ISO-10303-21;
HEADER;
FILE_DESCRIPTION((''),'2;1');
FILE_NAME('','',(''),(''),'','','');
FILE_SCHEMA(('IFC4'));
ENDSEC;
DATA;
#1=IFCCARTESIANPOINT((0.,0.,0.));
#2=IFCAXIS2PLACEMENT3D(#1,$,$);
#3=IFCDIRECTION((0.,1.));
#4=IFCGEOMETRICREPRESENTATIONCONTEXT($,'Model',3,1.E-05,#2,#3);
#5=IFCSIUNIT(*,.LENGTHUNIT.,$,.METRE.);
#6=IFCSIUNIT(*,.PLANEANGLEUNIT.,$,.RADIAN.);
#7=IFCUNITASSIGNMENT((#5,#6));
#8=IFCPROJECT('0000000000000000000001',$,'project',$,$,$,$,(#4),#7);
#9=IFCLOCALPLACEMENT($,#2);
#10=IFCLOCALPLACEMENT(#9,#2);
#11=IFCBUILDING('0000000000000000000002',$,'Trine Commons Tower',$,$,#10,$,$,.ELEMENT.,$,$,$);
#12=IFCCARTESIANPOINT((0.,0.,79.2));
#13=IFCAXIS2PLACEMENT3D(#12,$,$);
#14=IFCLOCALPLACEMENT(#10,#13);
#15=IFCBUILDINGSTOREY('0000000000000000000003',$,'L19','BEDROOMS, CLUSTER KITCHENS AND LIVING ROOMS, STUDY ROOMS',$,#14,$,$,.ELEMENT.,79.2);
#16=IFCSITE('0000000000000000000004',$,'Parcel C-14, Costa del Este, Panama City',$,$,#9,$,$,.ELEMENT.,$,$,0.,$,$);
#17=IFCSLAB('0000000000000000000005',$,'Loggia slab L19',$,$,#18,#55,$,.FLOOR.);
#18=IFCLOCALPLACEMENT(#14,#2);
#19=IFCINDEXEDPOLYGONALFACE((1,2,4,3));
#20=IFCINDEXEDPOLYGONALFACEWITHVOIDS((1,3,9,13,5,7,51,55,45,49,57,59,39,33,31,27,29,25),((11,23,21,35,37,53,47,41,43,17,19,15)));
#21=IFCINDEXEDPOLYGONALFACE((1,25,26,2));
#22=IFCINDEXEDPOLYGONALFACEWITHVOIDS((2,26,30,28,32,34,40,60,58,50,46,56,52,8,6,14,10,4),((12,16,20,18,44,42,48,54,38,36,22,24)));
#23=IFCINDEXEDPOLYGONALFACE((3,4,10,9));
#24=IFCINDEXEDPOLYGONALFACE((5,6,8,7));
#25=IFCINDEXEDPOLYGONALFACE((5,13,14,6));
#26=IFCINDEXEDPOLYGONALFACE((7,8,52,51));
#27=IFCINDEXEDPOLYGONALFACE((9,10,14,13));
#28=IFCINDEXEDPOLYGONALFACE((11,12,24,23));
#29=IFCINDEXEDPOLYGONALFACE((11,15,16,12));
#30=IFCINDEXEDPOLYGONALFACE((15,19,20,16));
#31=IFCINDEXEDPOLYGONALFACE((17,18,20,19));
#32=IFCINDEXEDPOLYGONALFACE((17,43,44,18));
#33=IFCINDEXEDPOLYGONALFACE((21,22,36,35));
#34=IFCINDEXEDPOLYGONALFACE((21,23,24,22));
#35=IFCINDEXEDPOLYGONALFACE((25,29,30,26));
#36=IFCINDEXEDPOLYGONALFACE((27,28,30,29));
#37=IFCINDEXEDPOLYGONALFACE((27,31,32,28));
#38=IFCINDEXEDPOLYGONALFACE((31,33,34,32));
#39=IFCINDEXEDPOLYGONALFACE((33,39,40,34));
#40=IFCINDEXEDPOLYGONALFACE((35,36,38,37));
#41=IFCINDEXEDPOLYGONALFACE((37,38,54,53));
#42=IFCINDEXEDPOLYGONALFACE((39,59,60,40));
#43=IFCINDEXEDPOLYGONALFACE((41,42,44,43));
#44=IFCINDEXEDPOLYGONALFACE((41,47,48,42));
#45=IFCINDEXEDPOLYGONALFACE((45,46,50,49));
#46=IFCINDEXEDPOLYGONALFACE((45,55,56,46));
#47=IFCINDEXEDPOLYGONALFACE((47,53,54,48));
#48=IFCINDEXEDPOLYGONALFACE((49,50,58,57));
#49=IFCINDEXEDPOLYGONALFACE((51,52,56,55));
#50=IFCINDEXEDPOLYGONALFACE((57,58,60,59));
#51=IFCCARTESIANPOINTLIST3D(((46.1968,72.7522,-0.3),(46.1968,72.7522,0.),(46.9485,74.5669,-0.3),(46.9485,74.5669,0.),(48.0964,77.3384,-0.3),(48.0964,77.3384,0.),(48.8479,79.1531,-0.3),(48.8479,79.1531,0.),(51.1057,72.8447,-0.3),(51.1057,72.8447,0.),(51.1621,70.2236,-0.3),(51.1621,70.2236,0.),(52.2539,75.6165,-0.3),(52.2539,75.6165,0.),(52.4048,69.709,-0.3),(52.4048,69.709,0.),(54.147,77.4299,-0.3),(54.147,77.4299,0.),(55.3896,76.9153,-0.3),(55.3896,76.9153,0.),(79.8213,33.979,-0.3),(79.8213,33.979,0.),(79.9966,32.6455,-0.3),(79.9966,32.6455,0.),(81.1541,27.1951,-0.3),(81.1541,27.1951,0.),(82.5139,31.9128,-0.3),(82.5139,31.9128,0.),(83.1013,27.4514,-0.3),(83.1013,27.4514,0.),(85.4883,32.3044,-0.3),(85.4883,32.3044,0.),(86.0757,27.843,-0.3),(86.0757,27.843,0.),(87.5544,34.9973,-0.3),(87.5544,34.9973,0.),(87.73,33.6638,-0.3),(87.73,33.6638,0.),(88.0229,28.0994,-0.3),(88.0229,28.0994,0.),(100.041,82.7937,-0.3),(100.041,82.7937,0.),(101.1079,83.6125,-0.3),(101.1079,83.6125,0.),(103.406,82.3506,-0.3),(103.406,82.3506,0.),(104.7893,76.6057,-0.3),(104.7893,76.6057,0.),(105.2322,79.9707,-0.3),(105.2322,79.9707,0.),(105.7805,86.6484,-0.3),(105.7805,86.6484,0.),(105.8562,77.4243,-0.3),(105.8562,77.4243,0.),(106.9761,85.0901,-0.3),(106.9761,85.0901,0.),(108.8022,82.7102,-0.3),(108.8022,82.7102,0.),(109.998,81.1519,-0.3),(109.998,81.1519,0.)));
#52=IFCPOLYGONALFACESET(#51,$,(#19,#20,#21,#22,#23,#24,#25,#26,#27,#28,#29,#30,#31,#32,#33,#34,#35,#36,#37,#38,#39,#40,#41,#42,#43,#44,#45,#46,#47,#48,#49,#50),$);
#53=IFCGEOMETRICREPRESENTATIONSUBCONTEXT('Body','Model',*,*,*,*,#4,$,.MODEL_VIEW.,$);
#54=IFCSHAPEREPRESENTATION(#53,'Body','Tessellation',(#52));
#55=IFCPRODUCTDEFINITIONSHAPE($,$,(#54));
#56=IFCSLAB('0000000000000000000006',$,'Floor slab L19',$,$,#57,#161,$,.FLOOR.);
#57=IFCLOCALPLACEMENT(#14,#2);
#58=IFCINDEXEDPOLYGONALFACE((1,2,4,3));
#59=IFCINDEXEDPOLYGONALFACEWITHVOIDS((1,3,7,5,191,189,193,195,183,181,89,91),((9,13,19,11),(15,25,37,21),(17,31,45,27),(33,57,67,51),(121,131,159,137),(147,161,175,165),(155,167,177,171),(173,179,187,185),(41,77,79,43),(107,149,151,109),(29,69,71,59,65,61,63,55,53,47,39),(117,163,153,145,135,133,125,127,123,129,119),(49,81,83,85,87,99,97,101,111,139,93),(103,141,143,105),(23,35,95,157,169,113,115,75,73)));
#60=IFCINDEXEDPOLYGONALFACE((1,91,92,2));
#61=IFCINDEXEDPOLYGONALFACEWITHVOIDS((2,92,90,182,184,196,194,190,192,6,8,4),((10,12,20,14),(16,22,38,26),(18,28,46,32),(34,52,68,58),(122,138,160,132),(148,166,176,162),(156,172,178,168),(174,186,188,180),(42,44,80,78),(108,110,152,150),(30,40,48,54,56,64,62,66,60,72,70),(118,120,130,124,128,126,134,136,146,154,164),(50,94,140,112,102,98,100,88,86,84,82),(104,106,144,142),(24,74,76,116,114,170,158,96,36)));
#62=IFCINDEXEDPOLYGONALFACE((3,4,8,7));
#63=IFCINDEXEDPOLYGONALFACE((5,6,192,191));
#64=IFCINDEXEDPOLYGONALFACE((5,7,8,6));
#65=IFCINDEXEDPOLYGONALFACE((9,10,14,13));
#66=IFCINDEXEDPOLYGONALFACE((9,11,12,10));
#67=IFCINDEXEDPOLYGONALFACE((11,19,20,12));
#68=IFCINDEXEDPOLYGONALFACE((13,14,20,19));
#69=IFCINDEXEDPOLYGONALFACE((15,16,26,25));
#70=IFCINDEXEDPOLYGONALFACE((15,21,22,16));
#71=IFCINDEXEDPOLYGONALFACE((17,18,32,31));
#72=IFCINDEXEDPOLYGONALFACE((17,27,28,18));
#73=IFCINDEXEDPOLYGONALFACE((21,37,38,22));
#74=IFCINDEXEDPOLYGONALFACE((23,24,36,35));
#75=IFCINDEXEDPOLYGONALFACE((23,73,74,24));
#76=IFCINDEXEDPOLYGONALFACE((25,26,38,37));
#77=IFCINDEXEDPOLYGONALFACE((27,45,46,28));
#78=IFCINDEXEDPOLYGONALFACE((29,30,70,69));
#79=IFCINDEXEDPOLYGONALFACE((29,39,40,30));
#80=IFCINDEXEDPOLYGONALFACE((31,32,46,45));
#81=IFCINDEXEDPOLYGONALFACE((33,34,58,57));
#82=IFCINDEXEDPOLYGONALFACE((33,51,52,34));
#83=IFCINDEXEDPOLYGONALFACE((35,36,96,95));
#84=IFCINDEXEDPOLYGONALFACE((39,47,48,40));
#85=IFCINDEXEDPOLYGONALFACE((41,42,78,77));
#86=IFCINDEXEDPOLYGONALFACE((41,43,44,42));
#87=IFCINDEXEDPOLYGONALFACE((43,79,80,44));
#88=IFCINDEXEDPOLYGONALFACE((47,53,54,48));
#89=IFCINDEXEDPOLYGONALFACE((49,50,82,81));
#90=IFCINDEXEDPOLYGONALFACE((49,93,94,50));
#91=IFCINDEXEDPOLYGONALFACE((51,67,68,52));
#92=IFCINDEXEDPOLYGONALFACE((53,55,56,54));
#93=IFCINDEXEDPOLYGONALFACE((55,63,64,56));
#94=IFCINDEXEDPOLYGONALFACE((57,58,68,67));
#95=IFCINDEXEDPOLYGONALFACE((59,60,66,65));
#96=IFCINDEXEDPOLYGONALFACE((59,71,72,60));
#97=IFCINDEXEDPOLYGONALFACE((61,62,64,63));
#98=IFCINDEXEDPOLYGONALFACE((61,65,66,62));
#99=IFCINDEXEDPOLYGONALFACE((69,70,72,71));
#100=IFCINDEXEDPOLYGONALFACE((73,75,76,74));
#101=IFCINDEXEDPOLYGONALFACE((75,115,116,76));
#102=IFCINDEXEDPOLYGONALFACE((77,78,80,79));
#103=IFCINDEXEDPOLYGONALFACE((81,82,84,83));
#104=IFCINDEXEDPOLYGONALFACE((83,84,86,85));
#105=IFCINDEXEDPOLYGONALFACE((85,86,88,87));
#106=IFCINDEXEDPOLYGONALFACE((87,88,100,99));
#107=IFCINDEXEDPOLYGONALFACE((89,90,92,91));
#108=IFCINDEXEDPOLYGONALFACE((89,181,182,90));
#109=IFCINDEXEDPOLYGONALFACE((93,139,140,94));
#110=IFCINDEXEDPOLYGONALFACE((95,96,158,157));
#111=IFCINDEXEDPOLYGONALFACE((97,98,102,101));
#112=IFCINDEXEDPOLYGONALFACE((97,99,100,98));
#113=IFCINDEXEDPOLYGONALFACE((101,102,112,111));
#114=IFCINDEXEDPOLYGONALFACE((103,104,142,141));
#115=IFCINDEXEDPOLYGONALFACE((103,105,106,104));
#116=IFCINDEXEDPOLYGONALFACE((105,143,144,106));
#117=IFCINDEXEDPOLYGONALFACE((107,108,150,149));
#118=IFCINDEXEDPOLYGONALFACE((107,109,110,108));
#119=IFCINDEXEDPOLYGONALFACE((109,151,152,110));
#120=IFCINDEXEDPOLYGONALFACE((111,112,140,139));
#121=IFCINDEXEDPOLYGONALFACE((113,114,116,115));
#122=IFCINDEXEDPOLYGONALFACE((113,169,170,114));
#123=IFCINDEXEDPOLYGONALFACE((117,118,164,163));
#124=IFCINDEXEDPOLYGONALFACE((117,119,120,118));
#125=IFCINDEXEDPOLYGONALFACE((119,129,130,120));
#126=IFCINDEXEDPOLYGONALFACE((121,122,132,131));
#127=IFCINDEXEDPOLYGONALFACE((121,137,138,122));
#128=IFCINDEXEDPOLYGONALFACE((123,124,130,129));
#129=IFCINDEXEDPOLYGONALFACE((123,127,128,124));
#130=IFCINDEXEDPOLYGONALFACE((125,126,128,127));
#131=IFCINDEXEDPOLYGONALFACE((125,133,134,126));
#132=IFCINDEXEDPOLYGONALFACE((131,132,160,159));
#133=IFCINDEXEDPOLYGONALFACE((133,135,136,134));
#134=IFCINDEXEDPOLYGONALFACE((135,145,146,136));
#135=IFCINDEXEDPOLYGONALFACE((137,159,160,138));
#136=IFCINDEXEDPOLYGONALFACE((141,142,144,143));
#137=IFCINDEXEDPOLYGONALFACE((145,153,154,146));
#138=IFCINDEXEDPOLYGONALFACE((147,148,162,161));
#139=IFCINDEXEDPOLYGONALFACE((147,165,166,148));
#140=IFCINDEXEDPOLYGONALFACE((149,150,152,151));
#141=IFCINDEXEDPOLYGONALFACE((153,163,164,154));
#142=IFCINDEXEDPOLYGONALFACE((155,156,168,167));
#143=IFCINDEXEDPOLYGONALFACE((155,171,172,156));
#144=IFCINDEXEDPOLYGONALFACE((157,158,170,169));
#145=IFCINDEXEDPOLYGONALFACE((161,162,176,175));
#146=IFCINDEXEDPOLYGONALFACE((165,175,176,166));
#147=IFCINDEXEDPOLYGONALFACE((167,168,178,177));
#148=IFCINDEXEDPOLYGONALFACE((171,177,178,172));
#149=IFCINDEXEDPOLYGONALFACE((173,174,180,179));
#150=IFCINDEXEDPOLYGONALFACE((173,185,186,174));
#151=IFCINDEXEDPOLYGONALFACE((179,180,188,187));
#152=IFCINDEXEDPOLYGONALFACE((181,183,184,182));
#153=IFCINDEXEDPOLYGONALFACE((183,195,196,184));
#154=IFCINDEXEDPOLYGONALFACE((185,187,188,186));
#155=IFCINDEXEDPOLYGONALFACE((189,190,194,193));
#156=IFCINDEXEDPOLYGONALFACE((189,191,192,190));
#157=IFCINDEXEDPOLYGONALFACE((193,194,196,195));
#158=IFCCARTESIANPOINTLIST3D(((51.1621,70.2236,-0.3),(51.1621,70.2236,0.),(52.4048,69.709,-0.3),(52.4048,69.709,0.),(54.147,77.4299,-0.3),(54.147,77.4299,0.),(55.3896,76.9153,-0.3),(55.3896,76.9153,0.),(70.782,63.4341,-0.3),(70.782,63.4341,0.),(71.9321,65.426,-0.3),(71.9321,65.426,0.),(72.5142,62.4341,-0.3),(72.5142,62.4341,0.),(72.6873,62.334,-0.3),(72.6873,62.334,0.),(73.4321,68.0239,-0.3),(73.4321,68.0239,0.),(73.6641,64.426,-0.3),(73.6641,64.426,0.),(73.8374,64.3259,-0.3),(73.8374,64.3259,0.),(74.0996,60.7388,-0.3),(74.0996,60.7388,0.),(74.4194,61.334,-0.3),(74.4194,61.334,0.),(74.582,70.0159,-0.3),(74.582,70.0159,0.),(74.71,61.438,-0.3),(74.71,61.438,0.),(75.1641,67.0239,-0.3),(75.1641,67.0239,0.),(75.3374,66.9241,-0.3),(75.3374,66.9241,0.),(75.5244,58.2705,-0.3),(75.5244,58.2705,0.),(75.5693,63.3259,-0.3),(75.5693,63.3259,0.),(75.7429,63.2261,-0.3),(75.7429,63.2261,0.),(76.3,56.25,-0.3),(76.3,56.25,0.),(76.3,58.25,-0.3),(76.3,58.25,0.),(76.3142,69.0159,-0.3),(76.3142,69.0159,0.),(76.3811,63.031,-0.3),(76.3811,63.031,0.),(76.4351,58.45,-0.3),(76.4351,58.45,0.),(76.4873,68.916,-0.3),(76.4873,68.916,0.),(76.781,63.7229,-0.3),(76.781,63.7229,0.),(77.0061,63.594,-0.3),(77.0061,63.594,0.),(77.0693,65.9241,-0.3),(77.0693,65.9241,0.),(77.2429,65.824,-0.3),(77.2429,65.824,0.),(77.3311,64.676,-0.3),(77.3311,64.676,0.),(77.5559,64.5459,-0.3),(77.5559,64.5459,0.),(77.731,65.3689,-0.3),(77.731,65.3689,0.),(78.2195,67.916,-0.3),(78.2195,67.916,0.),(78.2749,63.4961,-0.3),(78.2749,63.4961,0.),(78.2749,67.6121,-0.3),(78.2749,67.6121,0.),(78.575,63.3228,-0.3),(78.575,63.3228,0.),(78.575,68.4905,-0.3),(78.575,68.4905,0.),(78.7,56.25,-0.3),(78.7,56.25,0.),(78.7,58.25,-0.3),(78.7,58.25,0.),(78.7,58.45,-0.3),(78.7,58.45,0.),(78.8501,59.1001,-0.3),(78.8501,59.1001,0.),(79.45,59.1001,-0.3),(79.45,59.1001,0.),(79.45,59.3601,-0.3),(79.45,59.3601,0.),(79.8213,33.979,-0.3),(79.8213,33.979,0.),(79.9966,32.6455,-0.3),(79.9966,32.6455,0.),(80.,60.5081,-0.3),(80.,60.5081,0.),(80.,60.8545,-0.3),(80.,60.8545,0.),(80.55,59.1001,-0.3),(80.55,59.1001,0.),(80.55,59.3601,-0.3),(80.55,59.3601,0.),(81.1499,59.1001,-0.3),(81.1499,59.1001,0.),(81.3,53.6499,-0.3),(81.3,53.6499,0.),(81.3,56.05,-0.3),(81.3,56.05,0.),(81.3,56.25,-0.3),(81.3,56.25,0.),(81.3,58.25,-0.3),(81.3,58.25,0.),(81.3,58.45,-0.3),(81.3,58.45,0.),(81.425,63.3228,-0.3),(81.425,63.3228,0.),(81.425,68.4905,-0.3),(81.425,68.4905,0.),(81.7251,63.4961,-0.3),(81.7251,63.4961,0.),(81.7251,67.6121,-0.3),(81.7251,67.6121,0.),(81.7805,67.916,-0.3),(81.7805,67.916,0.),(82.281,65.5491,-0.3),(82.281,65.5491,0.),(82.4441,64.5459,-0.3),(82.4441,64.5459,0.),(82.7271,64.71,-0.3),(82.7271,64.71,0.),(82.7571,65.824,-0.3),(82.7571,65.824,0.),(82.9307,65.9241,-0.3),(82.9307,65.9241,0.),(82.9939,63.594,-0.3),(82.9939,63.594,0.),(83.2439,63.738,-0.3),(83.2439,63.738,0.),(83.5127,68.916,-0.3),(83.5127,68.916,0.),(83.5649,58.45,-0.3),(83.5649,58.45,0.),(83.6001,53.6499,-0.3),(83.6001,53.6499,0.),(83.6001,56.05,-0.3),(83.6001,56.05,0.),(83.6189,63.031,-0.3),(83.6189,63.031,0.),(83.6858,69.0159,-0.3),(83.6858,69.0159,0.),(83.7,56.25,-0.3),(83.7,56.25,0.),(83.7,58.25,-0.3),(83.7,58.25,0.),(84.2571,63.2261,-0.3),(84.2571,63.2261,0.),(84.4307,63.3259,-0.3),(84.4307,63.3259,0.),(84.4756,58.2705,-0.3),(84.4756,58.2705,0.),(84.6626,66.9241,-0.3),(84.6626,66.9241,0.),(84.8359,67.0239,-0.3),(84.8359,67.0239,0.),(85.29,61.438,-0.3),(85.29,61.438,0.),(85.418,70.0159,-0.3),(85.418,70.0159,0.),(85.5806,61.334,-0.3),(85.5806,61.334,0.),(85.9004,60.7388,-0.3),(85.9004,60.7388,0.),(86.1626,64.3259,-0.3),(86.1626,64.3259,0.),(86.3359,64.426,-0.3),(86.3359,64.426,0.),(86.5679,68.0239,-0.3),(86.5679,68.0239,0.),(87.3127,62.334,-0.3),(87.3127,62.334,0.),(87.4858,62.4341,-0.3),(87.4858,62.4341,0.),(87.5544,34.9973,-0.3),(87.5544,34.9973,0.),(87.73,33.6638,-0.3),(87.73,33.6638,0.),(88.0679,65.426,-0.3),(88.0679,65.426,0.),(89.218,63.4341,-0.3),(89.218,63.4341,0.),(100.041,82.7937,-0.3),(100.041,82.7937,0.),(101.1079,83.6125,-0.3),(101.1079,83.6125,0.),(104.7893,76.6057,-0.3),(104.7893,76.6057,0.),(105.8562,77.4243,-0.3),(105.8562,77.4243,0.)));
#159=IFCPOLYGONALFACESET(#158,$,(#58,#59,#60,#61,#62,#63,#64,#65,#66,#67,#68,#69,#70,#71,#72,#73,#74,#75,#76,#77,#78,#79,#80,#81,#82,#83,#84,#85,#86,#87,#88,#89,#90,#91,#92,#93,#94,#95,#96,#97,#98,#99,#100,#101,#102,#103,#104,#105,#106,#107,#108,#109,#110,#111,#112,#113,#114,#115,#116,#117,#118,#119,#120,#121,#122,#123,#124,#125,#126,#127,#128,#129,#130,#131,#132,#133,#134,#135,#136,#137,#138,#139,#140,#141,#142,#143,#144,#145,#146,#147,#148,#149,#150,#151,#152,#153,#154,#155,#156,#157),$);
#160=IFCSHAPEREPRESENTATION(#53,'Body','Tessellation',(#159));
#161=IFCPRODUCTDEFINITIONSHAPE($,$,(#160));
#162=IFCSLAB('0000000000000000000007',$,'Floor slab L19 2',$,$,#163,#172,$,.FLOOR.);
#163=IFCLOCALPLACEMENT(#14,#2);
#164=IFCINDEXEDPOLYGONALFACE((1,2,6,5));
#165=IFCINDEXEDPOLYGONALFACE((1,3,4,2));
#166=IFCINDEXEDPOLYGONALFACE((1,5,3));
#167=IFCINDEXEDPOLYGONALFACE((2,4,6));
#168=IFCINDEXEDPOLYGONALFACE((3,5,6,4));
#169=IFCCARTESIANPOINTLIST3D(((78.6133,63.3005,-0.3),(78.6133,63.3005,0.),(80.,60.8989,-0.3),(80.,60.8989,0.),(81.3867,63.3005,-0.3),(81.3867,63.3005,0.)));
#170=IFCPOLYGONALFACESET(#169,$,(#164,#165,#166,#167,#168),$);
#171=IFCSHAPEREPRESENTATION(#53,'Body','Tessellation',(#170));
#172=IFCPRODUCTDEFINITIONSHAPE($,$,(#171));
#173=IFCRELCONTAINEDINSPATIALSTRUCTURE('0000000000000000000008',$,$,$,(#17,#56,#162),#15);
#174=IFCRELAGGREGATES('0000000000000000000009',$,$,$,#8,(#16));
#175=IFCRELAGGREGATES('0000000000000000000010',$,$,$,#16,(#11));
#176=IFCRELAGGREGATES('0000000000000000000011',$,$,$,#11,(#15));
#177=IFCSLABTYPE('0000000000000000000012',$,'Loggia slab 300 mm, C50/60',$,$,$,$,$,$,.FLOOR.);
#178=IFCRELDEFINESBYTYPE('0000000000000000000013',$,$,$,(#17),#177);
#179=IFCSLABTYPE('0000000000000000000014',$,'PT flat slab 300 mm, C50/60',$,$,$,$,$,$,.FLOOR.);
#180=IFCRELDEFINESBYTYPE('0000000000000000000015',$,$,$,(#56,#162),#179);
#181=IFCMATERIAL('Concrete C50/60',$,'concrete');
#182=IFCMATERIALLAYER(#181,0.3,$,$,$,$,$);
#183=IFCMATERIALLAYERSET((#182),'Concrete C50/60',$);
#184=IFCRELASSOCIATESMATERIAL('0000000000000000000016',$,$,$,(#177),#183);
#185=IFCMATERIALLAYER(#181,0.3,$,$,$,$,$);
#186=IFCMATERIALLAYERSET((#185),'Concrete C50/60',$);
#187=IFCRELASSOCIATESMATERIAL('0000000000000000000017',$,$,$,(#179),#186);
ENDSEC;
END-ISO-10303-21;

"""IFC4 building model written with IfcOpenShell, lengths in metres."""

from ifc_helpers import new_model, si_unit, direction, frame, origin, place, context, subcontext, project, spatial, polyline, outline, extrude, material, layer, layer_set, type_object, element, save


model = new_model("IFC4")

# Units and contexts
model_context = context("Model", 3, precision=1e-05, world=origin(), true_north=direction((0.0, 1.0)))
body_context = subcontext(model_context, "Body", "Model", "MODEL_VIEW")
ifc_project = project(units=[si_unit("LENGTHUNIT", "METRE"), si_unit("PLANEANGLEUNIT", "RADIAN")], contexts=[model_context])

# Site, building, storey
site_placement = place(None, origin())
site = spatial("IfcSite", under=ifc_project, at=site_placement, Name="Parcel C-14, Costa del Este, Panama City", CompositionType="ELEMENT", RefElevation=0.0)
building_placement = place(site_placement, origin())
building = spatial("IfcBuilding", under=site, at=building_placement, Name="Trine Commons Tower", CompositionType="ELEMENT")
storey_placement = place(building_placement, frame((0.0, 0.0, 79.2)))
storey = spatial("IfcBuildingStorey", under=building, at=storey_placement, Name="L19", Description="BEDROOMS, CLUSTER KITCHENS AND LIVING ROOMS, STUDY ROOMS", CompositionType="ELEMENT", Elevation=79.2)

# Slabs
ifc_material_1 = material(Name="Concrete C50/60", Category="concrete")
ifc_layer_1 = layer(ifc_material_1, 0.3)
ifc_layer_set_1 = layer_set([ifc_layer_1], Name="Concrete C50/60")
slab_type_1 = type_object("IfcSlabType", Name="Loggia slab 300 mm, C50/60", PredefinedType="FLOOR", material=ifc_layer_set_1)
slab_1_placement = place(storey_placement, frame((0.0, 0.0, -0.3)))
element("IfcSlab", 1, at=slab_1_placement, inside=storey, type_object=slab_type_1, Name="Loggia slab L19", PredefinedType="FLOOR", context=body_context, shape_type="SweptSolid", body=[
    extrude(outline(polyline([(88.0229, 28.0994), (109.998, 81.1519), (108.8022, 82.7102), (105.2322, 79.9707), (103.406, 82.3506), (106.9761, 85.0901), (105.7805, 86.6484), (48.8479, 79.1531), (48.0964, 77.3384), (52.2539, 75.6165), (51.1057, 72.8447), (46.9485, 74.5669), (46.1968, 72.7522), (81.1541, 27.1951), (83.1013, 27.4514), (82.5139, 31.9128), (85.4883, 32.3044), (86.0757, 27.843), (88.0229, 28.0994)]), holes=[polyline([(79.9966, 32.6455), (79.8213, 33.979), (87.5544, 34.9973), (87.73, 33.6638), (105.8562, 77.4243), (104.7893, 76.6057), (100.041, 82.7937), (101.1079, 83.6125), (54.147, 77.4299), (55.3896, 76.9153), (52.4048, 69.709), (51.1621, 70.2236), (79.9966, 32.6455)])]), origin(), (0.0, 0.0, 1.0), 0.3),
])
ifc_layer_2 = layer(ifc_material_1, 0.3)
ifc_layer_set_2 = layer_set([ifc_layer_2], Name="Concrete C50/60")
slab_type_2 = type_object("IfcSlabType", Name="PT flat slab 300 mm, C50/60", PredefinedType="FLOOR", material=ifc_layer_set_2)
slab_2_placement = place(storey_placement, frame((0.0, 0.0, -0.3)))
element("IfcSlab", 2, at=slab_2_placement, inside=storey, type_object=slab_type_2, Name="Floor slab L19", PredefinedType="FLOOR", context=body_context, shape_type="SweptSolid", body=[
    extrude(outline(polyline([(51.1621, 70.2236), (79.9966, 32.6455), (79.8213, 33.979), (87.5544, 34.9973), (87.73, 33.6638), (105.8562, 77.4243), (104.7893, 76.6057), (100.041, 82.7937), (101.1079, 83.6125), (54.147, 77.4299), (55.3896, 76.9153), (52.4048, 69.709), (51.1621, 70.2236)]), holes=[polyline([(76.3, 56.25), (78.7, 56.25), (78.7, 58.25), (76.3, 58.25), (76.3, 56.25)]), polyline([(81.1499, 59.1001), (81.3, 58.45), (83.5649, 58.45), (80.0, 60.5081), (76.4351, 58.45), (78.7, 58.45), (78.8501, 59.1001), (79.45, 59.1001), (79.45, 59.3601), (80.55, 59.3601), (80.55, 59.1001), (81.1499, 59.1001)]), polyline([(80.0, 60.8545), (84.4756, 58.2705), (85.9004, 60.7388), (81.425, 63.3228), (81.425, 68.4905), (78.575, 68.4905), (78.575, 63.3228), (74.0996, 60.7388), (75.5244, 58.2705), (80.0, 60.8545)]), polyline([(73.8374, 64.3259), (72.6873, 62.334), (74.4194, 61.334), (75.5693, 63.3259), (73.8374, 64.3259)]), polyline([(71.9321, 65.426), (70.782, 63.4341), (72.5142, 62.4341), (73.6641, 64.426), (71.9321, 65.426)]), polyline([(76.781, 63.7229), (76.3811, 63.031), (75.7429, 63.2261), (74.71, 61.438), (78.2749, 63.4961), (78.2749, 67.6121), (77.2429, 65.824), (77.731, 65.3689), (77.3311, 64.676), (77.5559, 64.5459), (77.0061, 63.594), (76.781, 63.7229)]), polyline([(76.4873, 68.916), (75.3374, 66.9241), (77.0693, 65.9241), (78.2195, 67.916), (76.4873, 68.916)]), polyline([(74.582, 70.0159), (73.4321, 68.0239), (75.1641, 67.0239), (76.3142, 69.0159), (74.582, 70.0159)]), polyline([(81.3, 53.6499), (83.6001, 53.6499), (83.6001, 56.05), (81.3, 56.05), (81.3, 53.6499)]), polyline([(81.3, 56.25), (83.7, 56.25), (83.7, 58.25), (81.3, 58.25), (81.3, 56.25)]), polyline([(87.3127, 62.334), (86.1626, 64.3259), (84.4307, 63.3259), (85.5806, 61.334), (87.3127, 62.334)]), polyline([(89.218, 63.4341), (88.0679, 65.426), (86.3359, 64.426), (87.4858, 62.4341), (89.218, 63.4341)]), polyline([(83.2439, 63.738), (82.9939, 63.594), (82.4441, 64.5459), (82.7271, 64.71), (82.281, 65.5491), (82.7571, 65.824), (81.7251, 67.6121), (81.7251, 63.4961), (85.29, 61.438), (84.2571, 63.2261), (83.6189, 63.031), (83.2439, 63.738)]), polyline([(82.9307, 65.9241), (84.6626, 66.9241), (83.5127, 68.916), (81.7805, 67.916), (82.9307, 65.9241)]), polyline([(84.8359, 67.0239), (86.5679, 68.0239), (85.418, 70.0159), (83.6858, 69.0159), (84.8359, 67.0239)])]), origin(), (0.0, 0.0, 1.0), 0.3),
])
slab_3_placement = place(storey_placement, frame((0.0, 0.0, -0.3)))
element("IfcSlab", 3, at=slab_3_placement, inside=storey, type_object=slab_type_2, Name="Floor slab L19 2", PredefinedType="FLOOR", context=body_context, shape_type="SweptSolid", body=[
    extrude(outline(polyline([(78.6133, 63.3005), (80.0, 60.8989), (81.3867, 63.3005), (78.6133, 63.3005)])), origin(), (0.0, 0.0, 1.0), 0.3),
])

save(model, "model.ifc")
